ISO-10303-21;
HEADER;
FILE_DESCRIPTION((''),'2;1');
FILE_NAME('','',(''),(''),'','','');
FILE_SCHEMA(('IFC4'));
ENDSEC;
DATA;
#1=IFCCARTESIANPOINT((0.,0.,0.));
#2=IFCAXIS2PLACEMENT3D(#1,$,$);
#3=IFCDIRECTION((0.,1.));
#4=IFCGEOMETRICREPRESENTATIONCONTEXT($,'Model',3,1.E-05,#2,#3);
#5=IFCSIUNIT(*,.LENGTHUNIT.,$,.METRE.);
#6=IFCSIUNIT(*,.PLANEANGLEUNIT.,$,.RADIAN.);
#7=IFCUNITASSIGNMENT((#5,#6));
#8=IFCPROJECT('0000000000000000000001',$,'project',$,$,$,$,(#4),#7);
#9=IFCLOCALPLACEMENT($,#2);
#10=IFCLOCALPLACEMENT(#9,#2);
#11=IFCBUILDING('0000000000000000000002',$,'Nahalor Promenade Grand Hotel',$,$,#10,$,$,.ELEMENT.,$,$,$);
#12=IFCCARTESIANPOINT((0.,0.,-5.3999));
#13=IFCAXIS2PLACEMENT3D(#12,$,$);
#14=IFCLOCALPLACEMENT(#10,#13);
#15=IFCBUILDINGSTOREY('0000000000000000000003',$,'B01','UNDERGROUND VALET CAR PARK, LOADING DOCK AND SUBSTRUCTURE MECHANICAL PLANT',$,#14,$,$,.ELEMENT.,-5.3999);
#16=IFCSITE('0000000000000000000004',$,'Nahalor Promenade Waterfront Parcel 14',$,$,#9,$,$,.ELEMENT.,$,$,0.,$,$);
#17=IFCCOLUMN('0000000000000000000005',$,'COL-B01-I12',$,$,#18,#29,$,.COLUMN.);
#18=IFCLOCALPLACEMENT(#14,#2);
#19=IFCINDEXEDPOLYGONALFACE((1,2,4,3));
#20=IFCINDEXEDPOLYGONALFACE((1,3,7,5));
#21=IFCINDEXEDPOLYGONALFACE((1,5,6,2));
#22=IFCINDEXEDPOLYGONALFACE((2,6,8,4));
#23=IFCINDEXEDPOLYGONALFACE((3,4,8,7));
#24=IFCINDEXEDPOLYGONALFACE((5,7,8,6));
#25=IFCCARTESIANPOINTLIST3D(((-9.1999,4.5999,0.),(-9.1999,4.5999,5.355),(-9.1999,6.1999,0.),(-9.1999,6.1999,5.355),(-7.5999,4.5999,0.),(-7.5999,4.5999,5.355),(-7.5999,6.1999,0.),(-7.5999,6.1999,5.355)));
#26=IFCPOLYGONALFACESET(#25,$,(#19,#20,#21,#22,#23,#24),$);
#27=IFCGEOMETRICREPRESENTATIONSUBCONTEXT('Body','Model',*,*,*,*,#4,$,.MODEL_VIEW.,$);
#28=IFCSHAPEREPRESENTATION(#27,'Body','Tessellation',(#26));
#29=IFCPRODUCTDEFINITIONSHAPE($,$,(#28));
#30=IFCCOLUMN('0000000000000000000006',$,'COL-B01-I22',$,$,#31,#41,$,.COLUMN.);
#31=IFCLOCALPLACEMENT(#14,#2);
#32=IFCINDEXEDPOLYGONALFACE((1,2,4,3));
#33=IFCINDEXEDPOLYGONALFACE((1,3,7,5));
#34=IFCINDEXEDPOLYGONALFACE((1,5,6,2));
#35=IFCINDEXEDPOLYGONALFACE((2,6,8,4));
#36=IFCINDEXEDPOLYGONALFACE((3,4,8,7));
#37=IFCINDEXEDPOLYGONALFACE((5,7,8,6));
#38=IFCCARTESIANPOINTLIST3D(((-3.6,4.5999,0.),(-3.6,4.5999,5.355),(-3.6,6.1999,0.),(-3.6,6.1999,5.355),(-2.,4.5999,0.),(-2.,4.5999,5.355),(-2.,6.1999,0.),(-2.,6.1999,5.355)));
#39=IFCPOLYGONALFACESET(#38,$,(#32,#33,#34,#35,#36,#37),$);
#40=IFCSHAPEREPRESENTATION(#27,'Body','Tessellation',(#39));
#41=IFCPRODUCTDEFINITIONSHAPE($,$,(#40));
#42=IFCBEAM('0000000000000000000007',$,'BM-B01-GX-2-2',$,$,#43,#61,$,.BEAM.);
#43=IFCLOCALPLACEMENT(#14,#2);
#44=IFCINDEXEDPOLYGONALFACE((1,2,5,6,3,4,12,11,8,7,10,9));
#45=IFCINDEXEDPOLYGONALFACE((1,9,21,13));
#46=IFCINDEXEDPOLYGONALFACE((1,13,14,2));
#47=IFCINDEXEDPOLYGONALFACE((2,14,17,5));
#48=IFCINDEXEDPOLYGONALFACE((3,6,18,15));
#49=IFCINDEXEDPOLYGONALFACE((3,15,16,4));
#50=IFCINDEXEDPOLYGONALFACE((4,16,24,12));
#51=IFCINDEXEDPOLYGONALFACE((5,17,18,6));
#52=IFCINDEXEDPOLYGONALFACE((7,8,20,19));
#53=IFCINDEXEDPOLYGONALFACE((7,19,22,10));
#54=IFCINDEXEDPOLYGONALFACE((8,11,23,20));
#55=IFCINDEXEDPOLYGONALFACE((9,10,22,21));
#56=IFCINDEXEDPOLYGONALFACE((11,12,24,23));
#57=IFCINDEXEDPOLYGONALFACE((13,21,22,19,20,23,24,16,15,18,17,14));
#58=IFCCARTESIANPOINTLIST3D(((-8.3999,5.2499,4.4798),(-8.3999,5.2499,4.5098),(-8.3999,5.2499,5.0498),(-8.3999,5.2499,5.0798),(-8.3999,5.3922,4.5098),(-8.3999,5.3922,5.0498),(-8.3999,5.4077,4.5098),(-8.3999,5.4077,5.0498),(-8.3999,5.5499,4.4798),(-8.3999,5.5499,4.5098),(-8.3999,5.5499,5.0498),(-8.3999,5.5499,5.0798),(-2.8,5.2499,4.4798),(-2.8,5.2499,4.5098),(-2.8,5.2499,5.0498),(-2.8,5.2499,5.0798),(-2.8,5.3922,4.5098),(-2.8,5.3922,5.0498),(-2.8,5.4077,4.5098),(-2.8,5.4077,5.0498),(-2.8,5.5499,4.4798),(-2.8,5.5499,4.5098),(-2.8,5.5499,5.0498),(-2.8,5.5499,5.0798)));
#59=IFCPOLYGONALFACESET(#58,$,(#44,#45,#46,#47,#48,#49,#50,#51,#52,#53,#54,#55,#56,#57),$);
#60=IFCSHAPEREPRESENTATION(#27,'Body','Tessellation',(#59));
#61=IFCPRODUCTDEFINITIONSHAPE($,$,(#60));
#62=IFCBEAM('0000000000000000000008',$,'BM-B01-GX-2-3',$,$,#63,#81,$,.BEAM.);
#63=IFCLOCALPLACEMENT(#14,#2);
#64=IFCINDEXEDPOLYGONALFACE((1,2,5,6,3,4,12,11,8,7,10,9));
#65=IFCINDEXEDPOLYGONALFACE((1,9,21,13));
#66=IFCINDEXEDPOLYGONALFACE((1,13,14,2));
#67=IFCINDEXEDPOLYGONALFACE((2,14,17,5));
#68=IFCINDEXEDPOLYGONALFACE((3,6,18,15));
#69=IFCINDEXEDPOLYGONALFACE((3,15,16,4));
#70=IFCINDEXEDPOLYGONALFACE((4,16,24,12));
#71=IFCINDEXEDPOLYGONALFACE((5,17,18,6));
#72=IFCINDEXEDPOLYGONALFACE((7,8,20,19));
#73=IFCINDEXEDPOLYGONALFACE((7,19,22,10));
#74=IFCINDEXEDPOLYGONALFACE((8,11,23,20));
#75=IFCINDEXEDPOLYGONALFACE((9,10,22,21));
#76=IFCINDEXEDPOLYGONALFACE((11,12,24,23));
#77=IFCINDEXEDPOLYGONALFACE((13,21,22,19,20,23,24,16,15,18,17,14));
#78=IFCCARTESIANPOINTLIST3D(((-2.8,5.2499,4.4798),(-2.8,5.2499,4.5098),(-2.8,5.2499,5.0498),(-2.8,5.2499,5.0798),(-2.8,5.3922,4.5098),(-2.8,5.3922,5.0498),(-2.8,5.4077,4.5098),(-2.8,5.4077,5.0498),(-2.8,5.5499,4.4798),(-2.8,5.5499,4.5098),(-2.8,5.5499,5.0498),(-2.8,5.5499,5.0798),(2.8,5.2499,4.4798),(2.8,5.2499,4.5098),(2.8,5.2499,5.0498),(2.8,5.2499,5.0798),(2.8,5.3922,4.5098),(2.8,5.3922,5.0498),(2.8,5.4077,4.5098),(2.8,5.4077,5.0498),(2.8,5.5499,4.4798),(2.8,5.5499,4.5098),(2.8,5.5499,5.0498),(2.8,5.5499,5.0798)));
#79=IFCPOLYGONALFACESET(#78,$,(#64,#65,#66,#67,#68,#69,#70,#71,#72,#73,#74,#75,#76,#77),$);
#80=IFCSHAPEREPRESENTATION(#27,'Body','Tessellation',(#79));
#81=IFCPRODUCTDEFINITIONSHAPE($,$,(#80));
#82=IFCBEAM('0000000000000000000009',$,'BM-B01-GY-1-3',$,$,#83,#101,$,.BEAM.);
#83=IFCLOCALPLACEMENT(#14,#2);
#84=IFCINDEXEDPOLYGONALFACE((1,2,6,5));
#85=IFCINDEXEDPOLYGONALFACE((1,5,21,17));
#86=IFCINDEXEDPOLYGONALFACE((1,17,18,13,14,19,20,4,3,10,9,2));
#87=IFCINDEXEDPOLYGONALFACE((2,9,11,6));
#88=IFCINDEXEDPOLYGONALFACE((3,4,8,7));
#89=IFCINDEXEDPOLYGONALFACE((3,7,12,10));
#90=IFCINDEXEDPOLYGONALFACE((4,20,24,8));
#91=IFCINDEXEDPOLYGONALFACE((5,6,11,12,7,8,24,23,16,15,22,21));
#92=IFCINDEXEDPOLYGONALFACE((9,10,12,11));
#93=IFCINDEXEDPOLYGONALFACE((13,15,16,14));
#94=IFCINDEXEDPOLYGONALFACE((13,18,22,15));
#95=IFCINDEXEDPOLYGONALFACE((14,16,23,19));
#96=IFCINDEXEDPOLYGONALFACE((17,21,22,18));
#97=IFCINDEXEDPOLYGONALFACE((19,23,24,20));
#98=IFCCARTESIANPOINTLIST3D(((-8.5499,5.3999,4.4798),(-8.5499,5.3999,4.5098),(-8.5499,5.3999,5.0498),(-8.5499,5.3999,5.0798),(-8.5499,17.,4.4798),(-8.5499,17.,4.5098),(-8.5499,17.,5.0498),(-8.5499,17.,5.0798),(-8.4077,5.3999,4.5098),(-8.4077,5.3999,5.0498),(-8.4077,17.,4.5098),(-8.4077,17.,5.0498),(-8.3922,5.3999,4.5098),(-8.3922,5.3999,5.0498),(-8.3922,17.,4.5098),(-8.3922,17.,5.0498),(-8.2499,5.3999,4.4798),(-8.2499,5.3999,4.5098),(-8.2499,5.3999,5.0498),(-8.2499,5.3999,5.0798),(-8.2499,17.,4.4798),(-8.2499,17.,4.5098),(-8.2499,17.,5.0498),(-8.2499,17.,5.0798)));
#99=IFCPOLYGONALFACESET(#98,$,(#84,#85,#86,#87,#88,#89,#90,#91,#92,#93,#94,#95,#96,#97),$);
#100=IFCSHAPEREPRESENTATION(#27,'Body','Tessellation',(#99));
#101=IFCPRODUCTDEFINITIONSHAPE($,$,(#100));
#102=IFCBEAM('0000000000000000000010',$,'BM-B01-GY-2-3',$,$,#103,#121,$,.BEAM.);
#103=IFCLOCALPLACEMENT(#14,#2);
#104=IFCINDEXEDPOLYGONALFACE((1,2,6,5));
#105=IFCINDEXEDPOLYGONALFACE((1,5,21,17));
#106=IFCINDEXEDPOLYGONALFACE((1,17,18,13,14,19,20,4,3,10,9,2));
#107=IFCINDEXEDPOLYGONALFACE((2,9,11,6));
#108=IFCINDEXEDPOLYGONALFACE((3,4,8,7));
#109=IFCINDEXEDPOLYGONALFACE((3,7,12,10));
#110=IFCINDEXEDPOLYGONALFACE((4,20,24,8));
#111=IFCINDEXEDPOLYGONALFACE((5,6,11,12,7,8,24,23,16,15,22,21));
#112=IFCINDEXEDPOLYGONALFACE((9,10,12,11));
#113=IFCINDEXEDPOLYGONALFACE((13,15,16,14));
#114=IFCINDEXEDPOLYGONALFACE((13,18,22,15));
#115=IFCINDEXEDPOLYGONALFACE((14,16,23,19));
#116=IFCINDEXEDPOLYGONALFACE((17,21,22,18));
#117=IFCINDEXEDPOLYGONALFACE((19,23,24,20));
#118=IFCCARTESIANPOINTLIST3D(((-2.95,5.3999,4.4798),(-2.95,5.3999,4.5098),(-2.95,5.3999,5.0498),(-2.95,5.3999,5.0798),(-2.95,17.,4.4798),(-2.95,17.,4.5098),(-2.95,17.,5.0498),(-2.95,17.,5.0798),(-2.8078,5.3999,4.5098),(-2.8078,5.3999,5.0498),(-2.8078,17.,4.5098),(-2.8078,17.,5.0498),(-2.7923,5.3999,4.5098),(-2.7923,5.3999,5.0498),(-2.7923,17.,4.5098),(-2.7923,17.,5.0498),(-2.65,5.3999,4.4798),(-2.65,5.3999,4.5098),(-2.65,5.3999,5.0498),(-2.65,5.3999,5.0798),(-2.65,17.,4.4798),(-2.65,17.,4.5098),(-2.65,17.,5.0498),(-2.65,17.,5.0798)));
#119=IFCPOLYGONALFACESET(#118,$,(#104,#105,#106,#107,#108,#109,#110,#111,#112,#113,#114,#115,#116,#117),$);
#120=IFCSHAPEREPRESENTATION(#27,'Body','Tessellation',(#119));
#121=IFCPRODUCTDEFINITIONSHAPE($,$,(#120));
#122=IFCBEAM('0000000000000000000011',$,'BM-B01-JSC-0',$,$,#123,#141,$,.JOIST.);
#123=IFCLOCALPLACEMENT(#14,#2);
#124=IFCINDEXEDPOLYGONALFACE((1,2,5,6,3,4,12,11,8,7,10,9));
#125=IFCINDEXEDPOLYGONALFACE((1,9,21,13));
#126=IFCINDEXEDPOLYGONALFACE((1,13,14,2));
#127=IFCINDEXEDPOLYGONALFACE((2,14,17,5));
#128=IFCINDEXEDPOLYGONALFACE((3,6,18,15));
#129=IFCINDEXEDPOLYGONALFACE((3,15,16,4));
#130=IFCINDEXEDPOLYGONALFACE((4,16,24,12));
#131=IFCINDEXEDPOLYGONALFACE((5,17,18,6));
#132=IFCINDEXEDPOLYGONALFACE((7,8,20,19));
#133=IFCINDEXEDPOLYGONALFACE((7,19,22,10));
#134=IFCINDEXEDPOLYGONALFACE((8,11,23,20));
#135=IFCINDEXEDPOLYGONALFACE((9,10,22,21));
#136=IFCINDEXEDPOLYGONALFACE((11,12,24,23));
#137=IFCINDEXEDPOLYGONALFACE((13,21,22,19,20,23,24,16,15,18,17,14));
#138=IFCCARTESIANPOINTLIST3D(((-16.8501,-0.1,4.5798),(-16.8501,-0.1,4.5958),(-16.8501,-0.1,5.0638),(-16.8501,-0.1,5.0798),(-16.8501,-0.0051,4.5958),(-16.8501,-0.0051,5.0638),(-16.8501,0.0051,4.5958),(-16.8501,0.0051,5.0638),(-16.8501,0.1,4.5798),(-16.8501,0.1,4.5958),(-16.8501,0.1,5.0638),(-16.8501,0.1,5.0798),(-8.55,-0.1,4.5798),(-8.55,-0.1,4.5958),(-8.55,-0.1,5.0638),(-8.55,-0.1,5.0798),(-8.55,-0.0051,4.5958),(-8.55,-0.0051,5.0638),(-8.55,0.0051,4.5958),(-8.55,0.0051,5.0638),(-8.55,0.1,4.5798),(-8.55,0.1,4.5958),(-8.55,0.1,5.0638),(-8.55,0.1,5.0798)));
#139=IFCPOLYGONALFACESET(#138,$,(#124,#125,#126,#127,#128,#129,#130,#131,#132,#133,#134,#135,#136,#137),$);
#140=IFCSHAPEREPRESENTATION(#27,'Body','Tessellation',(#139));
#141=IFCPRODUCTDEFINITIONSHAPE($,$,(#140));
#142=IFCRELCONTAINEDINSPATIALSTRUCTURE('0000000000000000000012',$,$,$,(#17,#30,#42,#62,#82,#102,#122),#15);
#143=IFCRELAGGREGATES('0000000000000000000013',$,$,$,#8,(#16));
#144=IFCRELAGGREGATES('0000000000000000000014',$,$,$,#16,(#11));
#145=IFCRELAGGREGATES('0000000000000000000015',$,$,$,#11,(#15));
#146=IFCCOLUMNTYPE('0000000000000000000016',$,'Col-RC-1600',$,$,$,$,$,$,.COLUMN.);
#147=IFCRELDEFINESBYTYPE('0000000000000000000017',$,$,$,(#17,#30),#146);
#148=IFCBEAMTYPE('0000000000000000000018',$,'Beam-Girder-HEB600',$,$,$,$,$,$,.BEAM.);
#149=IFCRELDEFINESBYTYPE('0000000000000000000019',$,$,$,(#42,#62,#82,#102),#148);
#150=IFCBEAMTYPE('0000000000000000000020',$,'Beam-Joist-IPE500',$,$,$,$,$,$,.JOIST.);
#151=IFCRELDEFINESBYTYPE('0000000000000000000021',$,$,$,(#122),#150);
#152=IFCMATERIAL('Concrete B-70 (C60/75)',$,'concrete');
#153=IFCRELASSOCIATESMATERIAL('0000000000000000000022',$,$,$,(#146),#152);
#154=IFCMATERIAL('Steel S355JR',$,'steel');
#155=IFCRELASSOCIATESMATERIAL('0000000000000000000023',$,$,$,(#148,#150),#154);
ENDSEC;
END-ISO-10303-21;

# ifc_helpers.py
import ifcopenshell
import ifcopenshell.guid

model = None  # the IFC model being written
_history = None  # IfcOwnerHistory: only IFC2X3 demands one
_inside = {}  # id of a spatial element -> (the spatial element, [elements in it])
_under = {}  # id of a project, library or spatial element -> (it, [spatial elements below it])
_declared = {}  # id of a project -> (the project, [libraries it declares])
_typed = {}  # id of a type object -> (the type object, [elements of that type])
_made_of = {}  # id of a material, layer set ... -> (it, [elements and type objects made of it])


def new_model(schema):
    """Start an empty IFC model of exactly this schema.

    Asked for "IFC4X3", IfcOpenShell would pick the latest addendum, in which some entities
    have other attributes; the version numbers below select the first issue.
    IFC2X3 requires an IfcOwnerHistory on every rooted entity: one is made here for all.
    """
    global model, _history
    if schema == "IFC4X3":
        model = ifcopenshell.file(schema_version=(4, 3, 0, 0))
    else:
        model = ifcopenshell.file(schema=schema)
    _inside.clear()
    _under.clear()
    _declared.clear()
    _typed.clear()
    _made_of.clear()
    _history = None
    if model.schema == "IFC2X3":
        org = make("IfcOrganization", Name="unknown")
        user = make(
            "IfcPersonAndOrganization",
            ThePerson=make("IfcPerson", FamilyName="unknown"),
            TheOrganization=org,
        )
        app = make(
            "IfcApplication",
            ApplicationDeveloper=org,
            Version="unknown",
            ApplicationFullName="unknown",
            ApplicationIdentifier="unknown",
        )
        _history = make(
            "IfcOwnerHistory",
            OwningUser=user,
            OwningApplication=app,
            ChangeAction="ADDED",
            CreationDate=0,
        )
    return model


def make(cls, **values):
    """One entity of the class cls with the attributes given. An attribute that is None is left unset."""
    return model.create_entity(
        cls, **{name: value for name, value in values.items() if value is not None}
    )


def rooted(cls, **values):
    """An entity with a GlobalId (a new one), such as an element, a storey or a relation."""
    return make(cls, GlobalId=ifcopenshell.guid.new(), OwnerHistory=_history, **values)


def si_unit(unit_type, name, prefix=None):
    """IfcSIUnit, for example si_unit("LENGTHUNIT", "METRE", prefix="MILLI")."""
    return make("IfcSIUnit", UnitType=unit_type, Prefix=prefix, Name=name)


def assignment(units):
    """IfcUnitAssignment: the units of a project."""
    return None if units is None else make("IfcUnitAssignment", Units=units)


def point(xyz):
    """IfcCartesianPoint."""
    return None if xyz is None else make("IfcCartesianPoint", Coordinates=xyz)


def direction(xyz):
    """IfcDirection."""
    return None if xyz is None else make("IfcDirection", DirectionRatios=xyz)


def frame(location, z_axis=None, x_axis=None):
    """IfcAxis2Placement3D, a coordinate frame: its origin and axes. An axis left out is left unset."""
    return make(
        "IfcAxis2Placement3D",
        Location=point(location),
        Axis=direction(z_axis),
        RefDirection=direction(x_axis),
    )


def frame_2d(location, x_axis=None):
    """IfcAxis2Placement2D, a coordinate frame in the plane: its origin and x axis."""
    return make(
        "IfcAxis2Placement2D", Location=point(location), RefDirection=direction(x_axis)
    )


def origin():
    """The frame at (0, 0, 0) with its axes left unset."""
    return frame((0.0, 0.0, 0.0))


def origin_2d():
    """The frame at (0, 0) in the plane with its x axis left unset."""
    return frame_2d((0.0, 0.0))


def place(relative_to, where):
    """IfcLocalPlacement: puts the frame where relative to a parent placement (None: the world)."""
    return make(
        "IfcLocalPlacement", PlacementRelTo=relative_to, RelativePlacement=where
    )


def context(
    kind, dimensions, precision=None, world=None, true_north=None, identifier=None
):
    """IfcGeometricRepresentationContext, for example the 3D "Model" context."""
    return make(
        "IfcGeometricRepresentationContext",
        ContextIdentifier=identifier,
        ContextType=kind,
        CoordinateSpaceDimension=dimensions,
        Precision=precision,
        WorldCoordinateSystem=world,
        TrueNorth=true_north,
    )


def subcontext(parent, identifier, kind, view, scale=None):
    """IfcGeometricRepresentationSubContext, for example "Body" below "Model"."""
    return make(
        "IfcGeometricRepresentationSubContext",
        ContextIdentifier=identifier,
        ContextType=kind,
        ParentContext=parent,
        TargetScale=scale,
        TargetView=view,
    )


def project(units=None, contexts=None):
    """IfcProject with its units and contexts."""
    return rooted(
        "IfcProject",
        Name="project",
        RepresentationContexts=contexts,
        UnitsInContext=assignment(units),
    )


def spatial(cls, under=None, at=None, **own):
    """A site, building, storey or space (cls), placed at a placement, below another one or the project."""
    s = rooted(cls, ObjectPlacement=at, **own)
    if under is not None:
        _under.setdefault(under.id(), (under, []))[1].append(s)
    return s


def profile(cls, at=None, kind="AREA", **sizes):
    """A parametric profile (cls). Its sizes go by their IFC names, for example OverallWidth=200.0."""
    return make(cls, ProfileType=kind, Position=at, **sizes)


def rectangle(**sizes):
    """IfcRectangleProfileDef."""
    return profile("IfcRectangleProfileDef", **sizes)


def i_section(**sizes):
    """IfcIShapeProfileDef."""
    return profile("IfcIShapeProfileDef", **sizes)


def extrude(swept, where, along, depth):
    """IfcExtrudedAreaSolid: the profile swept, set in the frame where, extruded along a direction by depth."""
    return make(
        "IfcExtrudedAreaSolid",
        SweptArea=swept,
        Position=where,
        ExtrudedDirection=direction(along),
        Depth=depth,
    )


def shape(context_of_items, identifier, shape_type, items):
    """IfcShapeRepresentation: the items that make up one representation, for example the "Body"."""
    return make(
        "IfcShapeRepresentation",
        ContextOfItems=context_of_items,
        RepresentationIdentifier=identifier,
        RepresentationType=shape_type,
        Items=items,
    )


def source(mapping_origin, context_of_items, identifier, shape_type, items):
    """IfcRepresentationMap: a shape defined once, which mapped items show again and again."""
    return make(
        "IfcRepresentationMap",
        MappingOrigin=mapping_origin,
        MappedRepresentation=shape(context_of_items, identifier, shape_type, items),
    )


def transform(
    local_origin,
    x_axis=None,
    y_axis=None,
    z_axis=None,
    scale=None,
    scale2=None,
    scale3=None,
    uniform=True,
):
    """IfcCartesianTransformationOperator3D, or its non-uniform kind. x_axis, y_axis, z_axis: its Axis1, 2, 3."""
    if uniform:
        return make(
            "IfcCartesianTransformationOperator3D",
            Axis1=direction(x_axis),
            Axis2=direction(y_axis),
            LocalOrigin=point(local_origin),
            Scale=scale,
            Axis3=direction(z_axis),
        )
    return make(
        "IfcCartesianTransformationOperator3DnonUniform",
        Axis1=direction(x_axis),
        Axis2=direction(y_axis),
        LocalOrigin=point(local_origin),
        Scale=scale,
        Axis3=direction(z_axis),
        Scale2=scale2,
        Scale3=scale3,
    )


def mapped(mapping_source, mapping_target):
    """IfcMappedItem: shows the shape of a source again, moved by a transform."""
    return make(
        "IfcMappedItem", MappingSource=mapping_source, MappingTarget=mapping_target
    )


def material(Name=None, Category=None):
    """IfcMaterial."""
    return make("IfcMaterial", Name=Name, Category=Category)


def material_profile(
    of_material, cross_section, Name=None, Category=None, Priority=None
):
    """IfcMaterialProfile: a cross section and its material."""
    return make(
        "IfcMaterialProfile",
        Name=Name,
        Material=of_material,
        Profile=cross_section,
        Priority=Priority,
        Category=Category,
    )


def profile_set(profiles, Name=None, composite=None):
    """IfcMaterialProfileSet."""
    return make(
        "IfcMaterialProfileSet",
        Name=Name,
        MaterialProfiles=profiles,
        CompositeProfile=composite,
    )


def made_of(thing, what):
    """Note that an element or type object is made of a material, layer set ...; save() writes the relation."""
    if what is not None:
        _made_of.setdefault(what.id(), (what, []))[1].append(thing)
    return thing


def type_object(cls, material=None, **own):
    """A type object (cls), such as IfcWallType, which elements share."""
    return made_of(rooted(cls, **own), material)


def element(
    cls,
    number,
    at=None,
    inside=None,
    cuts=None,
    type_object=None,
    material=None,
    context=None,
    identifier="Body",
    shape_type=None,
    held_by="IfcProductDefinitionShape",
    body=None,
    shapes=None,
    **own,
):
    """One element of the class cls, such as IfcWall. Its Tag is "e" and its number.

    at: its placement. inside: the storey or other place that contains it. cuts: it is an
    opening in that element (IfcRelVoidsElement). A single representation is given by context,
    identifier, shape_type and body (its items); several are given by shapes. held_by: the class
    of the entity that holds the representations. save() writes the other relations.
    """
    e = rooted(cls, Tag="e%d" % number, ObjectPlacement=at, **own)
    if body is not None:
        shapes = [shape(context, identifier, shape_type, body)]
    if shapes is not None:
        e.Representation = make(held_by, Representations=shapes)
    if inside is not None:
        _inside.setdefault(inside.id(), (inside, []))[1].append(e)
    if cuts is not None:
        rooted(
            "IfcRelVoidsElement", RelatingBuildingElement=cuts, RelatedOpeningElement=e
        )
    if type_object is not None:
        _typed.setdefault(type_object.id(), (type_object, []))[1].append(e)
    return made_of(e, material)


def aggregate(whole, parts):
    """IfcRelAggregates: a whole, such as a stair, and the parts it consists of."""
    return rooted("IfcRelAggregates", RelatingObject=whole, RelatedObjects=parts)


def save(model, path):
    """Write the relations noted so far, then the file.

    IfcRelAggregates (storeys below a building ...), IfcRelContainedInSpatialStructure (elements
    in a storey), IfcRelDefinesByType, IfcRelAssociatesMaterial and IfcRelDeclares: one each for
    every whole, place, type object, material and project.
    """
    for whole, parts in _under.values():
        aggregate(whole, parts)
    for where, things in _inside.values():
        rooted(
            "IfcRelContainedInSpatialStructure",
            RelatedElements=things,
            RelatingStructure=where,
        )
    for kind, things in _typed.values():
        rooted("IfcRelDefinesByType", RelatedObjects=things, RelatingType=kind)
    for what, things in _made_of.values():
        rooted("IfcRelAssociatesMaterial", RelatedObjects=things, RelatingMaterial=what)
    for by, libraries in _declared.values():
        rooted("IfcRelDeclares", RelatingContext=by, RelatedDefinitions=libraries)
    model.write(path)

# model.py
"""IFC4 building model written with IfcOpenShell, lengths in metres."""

from ifc_helpers import new_model, si_unit, direction, frame, origin, origin_2d, place, context, subcontext, project, spatial, rectangle, i_section, extrude, source, transform, mapped, material, material_profile, profile_set, type_object, element, save


model = new_model("IFC4")

# Units and contexts
model_context = context("Model", 3, precision=1e-05, world=origin(), true_north=direction((0.0, 1.0)))
body_context = subcontext(model_context, "Body", "Model", "MODEL_VIEW")
ifc_project = project(units=[si_unit("LENGTHUNIT", "METRE"), si_unit("PLANEANGLEUNIT", "RADIAN")], contexts=[model_context])

# Site, building, storey
site_placement = place(None, origin())
site = spatial("IfcSite", under=ifc_project, at=site_placement, Name="Nahalor Promenade Waterfront Parcel 14", CompositionType="ELEMENT", RefElevation=0.0)
building_placement = place(site_placement, origin())
building = spatial("IfcBuilding", under=site, at=building_placement, Name="Nahalor Promenade Grand Hotel", CompositionType="ELEMENT")
storey_placement = place(building_placement, frame((0.0, 0.0, -5.3999)))
storey = spatial("IfcBuildingStorey", under=building, at=storey_placement, Name="B01", Description="UNDERGROUND VALET CAR PARK, LOADING DOCK AND SUBSTRUCTURE MECHANICAL PLANT", CompositionType="ELEMENT", Elevation=-5.3999)

# Columns
ifc_material_1 = material(Name="Concrete B-70 (C60/75)", Category="concrete")
ifc_material_profile_1 = material_profile(ifc_material_1, rectangle(XDim=1.6, YDim=1.6, at=origin_2d()), Name="RC 1600x1600")
ifc_profile_set_1 = profile_set([ifc_material_profile_1], Name="Concrete B-70 (C60/75)")
column_type = type_object("IfcColumnType", Name="Col-RC-1600", PredefinedType="COLUMN", material=ifc_profile_set_1)
shared_shape_1 = source(origin(), body_context, "Body", "SweptSolid", [
    extrude(rectangle(XDim=1.6, YDim=1.6, at=origin_2d()), origin(), (0.0, 0.0, 1.0), 5.355),
])
for number, where, z_axis, x_axis, name in (
    (1, (-8.3999, 5.3999, 0.0), (0.0, 0.0, 1.0), (1.0, 0.0, 0.0), "COL-B01-I12"),
    (2, (-2.8, 5.3999, 0.0), (0.0, 0.0, 1.0), (1.0, 0.0, 0.0), "COL-B01-I22"),
):
    element("IfcColumn", number, at=place(storey_placement, frame(where, z_axis=z_axis, x_axis=x_axis)), inside=storey, type_object=column_type, Name=name, PredefinedType="COLUMN", context=body_context, shape_type="MappedRepresentation", body=[
        mapped(shared_shape_1, transform((0.0, 0.0, 0.0), scale=1.0)),
    ])

# Beams
ifc_material_2 = material(Name="Steel S355JR", Category="steel")
ifc_material_profile_2 = material_profile(ifc_material_2, i_section(OverallWidth=0.3, OverallDepth=0.6, WebThickness=0.0155, FlangeThickness=0.03, at=origin_2d()), Name="HEB 600")
ifc_profile_set_2 = profile_set([ifc_material_profile_2], Name="Steel S355JR")
beam_type_1 = type_object("IfcBeamType", Name="Beam-Girder-HEB600", PredefinedType="BEAM", material=ifc_profile_set_2)
shared_shape_2 = source(origin(), body_context, "Body", "SweptSolid", [
    extrude(i_section(OverallWidth=0.3, OverallDepth=0.6, WebThickness=0.0155, FlangeThickness=0.03, at=origin_2d()), origin(), (0.0, 0.0, 1.0), 5.5999),
])
beam_1_placement = place(storey_placement, frame((-8.3999, 5.3999, 4.7798), z_axis=(1.0, 0.0, 0.0), x_axis=(0.0, 1.0, 0.0)))
element("IfcBeam", 3, at=beam_1_placement, inside=storey, type_object=beam_type_1, Name="BM-B01-GX-2-2", PredefinedType="BEAM", context=body_context, shape_type="MappedRepresentation", body=[
    mapped(shared_shape_2, transform((0.0, 0.0, 0.0), scale=1.0)),
])
shared_shape_3 = source(origin(), body_context, "Body", "SweptSolid", [
    extrude(i_section(OverallWidth=0.3, OverallDepth=0.6, WebThickness=0.0155, FlangeThickness=0.03, at=origin_2d()), origin(), (0.0, 0.0, 1.0), 5.6001),
])
beam_2_placement = place(storey_placement, frame((-2.8, 5.3999, 4.7798), z_axis=(1.0, 0.0, 0.0), x_axis=(0.0, 1.0, 0.0)))
element("IfcBeam", 4, at=beam_2_placement, inside=storey, type_object=beam_type_1, Name="BM-B01-GX-2-3", PredefinedType="BEAM", context=body_context, shape_type="MappedRepresentation", body=[
    mapped(shared_shape_3, transform((0.0, 0.0, 0.0), scale=1.0)),
])
shared_shape_4 = source(origin(), body_context, "Body", "SweptSolid", [
    extrude(i_section(OverallWidth=0.3, OverallDepth=0.6, WebThickness=0.0155, FlangeThickness=0.03, at=origin_2d()), origin(), (0.0, 0.0, 1.0), 11.6001),
])
for number, where, z_axis, x_axis, name in (
    (5, (-8.3999, 5.3999, 4.7798), (0.0, 1.0, 0.0), (-1.0, 0.0, 0.0), "BM-B01-GY-1-3"),
    (6, (-2.8, 5.3999, 4.7798), (0.0, 1.0, 0.0), (-1.0, 0.0, 0.0), "BM-B01-GY-2-3"),
):
    element("IfcBeam", number, at=place(storey_placement, frame(where, z_axis=z_axis, x_axis=x_axis)), inside=storey, type_object=beam_type_1, Name=name, PredefinedType="BEAM", context=body_context, shape_type="MappedRepresentation", body=[
        mapped(shared_shape_4, transform((0.0, 0.0, 0.0), scale=1.0)),
    ])
ifc_material_profile_3 = material_profile(ifc_material_2, i_section(OverallWidth=0.2, OverallDepth=0.5, WebThickness=0.0102, FlangeThickness=0.016, at=origin_2d()), Name="IPE 500")
ifc_profile_set_3 = profile_set([ifc_material_profile_3], Name="Steel S355JR")
beam_type_2 = type_object("IfcBeamType", Name="Beam-Joist-IPE500", PredefinedType="JOIST", material=ifc_profile_set_3)
shared_shape_5 = source(origin(), body_context, "Body", "SweptSolid", [
    extrude(i_section(OverallWidth=0.2, OverallDepth=0.5, WebThickness=0.0102, FlangeThickness=0.016, at=origin_2d()), origin(), (0.0, 0.0, 1.0), 8.3),
])
beam_3_placement = place(storey_placement, frame((-16.8501, 0.0, 4.8298), z_axis=(1.0, 0.0, 0.0), x_axis=(0.0, 1.0, 0.0)))
element("IfcBeam", 7, at=beam_3_placement, inside=storey, type_object=beam_type_2, Name="BM-B01-JSC-0", PredefinedType="JOIST", context=body_context, shape_type="MappedRepresentation", body=[
    mapped(shared_shape_5, transform((0.0, 0.0, 0.0), scale=1.0)),
])

save(model, "model.ifc")
